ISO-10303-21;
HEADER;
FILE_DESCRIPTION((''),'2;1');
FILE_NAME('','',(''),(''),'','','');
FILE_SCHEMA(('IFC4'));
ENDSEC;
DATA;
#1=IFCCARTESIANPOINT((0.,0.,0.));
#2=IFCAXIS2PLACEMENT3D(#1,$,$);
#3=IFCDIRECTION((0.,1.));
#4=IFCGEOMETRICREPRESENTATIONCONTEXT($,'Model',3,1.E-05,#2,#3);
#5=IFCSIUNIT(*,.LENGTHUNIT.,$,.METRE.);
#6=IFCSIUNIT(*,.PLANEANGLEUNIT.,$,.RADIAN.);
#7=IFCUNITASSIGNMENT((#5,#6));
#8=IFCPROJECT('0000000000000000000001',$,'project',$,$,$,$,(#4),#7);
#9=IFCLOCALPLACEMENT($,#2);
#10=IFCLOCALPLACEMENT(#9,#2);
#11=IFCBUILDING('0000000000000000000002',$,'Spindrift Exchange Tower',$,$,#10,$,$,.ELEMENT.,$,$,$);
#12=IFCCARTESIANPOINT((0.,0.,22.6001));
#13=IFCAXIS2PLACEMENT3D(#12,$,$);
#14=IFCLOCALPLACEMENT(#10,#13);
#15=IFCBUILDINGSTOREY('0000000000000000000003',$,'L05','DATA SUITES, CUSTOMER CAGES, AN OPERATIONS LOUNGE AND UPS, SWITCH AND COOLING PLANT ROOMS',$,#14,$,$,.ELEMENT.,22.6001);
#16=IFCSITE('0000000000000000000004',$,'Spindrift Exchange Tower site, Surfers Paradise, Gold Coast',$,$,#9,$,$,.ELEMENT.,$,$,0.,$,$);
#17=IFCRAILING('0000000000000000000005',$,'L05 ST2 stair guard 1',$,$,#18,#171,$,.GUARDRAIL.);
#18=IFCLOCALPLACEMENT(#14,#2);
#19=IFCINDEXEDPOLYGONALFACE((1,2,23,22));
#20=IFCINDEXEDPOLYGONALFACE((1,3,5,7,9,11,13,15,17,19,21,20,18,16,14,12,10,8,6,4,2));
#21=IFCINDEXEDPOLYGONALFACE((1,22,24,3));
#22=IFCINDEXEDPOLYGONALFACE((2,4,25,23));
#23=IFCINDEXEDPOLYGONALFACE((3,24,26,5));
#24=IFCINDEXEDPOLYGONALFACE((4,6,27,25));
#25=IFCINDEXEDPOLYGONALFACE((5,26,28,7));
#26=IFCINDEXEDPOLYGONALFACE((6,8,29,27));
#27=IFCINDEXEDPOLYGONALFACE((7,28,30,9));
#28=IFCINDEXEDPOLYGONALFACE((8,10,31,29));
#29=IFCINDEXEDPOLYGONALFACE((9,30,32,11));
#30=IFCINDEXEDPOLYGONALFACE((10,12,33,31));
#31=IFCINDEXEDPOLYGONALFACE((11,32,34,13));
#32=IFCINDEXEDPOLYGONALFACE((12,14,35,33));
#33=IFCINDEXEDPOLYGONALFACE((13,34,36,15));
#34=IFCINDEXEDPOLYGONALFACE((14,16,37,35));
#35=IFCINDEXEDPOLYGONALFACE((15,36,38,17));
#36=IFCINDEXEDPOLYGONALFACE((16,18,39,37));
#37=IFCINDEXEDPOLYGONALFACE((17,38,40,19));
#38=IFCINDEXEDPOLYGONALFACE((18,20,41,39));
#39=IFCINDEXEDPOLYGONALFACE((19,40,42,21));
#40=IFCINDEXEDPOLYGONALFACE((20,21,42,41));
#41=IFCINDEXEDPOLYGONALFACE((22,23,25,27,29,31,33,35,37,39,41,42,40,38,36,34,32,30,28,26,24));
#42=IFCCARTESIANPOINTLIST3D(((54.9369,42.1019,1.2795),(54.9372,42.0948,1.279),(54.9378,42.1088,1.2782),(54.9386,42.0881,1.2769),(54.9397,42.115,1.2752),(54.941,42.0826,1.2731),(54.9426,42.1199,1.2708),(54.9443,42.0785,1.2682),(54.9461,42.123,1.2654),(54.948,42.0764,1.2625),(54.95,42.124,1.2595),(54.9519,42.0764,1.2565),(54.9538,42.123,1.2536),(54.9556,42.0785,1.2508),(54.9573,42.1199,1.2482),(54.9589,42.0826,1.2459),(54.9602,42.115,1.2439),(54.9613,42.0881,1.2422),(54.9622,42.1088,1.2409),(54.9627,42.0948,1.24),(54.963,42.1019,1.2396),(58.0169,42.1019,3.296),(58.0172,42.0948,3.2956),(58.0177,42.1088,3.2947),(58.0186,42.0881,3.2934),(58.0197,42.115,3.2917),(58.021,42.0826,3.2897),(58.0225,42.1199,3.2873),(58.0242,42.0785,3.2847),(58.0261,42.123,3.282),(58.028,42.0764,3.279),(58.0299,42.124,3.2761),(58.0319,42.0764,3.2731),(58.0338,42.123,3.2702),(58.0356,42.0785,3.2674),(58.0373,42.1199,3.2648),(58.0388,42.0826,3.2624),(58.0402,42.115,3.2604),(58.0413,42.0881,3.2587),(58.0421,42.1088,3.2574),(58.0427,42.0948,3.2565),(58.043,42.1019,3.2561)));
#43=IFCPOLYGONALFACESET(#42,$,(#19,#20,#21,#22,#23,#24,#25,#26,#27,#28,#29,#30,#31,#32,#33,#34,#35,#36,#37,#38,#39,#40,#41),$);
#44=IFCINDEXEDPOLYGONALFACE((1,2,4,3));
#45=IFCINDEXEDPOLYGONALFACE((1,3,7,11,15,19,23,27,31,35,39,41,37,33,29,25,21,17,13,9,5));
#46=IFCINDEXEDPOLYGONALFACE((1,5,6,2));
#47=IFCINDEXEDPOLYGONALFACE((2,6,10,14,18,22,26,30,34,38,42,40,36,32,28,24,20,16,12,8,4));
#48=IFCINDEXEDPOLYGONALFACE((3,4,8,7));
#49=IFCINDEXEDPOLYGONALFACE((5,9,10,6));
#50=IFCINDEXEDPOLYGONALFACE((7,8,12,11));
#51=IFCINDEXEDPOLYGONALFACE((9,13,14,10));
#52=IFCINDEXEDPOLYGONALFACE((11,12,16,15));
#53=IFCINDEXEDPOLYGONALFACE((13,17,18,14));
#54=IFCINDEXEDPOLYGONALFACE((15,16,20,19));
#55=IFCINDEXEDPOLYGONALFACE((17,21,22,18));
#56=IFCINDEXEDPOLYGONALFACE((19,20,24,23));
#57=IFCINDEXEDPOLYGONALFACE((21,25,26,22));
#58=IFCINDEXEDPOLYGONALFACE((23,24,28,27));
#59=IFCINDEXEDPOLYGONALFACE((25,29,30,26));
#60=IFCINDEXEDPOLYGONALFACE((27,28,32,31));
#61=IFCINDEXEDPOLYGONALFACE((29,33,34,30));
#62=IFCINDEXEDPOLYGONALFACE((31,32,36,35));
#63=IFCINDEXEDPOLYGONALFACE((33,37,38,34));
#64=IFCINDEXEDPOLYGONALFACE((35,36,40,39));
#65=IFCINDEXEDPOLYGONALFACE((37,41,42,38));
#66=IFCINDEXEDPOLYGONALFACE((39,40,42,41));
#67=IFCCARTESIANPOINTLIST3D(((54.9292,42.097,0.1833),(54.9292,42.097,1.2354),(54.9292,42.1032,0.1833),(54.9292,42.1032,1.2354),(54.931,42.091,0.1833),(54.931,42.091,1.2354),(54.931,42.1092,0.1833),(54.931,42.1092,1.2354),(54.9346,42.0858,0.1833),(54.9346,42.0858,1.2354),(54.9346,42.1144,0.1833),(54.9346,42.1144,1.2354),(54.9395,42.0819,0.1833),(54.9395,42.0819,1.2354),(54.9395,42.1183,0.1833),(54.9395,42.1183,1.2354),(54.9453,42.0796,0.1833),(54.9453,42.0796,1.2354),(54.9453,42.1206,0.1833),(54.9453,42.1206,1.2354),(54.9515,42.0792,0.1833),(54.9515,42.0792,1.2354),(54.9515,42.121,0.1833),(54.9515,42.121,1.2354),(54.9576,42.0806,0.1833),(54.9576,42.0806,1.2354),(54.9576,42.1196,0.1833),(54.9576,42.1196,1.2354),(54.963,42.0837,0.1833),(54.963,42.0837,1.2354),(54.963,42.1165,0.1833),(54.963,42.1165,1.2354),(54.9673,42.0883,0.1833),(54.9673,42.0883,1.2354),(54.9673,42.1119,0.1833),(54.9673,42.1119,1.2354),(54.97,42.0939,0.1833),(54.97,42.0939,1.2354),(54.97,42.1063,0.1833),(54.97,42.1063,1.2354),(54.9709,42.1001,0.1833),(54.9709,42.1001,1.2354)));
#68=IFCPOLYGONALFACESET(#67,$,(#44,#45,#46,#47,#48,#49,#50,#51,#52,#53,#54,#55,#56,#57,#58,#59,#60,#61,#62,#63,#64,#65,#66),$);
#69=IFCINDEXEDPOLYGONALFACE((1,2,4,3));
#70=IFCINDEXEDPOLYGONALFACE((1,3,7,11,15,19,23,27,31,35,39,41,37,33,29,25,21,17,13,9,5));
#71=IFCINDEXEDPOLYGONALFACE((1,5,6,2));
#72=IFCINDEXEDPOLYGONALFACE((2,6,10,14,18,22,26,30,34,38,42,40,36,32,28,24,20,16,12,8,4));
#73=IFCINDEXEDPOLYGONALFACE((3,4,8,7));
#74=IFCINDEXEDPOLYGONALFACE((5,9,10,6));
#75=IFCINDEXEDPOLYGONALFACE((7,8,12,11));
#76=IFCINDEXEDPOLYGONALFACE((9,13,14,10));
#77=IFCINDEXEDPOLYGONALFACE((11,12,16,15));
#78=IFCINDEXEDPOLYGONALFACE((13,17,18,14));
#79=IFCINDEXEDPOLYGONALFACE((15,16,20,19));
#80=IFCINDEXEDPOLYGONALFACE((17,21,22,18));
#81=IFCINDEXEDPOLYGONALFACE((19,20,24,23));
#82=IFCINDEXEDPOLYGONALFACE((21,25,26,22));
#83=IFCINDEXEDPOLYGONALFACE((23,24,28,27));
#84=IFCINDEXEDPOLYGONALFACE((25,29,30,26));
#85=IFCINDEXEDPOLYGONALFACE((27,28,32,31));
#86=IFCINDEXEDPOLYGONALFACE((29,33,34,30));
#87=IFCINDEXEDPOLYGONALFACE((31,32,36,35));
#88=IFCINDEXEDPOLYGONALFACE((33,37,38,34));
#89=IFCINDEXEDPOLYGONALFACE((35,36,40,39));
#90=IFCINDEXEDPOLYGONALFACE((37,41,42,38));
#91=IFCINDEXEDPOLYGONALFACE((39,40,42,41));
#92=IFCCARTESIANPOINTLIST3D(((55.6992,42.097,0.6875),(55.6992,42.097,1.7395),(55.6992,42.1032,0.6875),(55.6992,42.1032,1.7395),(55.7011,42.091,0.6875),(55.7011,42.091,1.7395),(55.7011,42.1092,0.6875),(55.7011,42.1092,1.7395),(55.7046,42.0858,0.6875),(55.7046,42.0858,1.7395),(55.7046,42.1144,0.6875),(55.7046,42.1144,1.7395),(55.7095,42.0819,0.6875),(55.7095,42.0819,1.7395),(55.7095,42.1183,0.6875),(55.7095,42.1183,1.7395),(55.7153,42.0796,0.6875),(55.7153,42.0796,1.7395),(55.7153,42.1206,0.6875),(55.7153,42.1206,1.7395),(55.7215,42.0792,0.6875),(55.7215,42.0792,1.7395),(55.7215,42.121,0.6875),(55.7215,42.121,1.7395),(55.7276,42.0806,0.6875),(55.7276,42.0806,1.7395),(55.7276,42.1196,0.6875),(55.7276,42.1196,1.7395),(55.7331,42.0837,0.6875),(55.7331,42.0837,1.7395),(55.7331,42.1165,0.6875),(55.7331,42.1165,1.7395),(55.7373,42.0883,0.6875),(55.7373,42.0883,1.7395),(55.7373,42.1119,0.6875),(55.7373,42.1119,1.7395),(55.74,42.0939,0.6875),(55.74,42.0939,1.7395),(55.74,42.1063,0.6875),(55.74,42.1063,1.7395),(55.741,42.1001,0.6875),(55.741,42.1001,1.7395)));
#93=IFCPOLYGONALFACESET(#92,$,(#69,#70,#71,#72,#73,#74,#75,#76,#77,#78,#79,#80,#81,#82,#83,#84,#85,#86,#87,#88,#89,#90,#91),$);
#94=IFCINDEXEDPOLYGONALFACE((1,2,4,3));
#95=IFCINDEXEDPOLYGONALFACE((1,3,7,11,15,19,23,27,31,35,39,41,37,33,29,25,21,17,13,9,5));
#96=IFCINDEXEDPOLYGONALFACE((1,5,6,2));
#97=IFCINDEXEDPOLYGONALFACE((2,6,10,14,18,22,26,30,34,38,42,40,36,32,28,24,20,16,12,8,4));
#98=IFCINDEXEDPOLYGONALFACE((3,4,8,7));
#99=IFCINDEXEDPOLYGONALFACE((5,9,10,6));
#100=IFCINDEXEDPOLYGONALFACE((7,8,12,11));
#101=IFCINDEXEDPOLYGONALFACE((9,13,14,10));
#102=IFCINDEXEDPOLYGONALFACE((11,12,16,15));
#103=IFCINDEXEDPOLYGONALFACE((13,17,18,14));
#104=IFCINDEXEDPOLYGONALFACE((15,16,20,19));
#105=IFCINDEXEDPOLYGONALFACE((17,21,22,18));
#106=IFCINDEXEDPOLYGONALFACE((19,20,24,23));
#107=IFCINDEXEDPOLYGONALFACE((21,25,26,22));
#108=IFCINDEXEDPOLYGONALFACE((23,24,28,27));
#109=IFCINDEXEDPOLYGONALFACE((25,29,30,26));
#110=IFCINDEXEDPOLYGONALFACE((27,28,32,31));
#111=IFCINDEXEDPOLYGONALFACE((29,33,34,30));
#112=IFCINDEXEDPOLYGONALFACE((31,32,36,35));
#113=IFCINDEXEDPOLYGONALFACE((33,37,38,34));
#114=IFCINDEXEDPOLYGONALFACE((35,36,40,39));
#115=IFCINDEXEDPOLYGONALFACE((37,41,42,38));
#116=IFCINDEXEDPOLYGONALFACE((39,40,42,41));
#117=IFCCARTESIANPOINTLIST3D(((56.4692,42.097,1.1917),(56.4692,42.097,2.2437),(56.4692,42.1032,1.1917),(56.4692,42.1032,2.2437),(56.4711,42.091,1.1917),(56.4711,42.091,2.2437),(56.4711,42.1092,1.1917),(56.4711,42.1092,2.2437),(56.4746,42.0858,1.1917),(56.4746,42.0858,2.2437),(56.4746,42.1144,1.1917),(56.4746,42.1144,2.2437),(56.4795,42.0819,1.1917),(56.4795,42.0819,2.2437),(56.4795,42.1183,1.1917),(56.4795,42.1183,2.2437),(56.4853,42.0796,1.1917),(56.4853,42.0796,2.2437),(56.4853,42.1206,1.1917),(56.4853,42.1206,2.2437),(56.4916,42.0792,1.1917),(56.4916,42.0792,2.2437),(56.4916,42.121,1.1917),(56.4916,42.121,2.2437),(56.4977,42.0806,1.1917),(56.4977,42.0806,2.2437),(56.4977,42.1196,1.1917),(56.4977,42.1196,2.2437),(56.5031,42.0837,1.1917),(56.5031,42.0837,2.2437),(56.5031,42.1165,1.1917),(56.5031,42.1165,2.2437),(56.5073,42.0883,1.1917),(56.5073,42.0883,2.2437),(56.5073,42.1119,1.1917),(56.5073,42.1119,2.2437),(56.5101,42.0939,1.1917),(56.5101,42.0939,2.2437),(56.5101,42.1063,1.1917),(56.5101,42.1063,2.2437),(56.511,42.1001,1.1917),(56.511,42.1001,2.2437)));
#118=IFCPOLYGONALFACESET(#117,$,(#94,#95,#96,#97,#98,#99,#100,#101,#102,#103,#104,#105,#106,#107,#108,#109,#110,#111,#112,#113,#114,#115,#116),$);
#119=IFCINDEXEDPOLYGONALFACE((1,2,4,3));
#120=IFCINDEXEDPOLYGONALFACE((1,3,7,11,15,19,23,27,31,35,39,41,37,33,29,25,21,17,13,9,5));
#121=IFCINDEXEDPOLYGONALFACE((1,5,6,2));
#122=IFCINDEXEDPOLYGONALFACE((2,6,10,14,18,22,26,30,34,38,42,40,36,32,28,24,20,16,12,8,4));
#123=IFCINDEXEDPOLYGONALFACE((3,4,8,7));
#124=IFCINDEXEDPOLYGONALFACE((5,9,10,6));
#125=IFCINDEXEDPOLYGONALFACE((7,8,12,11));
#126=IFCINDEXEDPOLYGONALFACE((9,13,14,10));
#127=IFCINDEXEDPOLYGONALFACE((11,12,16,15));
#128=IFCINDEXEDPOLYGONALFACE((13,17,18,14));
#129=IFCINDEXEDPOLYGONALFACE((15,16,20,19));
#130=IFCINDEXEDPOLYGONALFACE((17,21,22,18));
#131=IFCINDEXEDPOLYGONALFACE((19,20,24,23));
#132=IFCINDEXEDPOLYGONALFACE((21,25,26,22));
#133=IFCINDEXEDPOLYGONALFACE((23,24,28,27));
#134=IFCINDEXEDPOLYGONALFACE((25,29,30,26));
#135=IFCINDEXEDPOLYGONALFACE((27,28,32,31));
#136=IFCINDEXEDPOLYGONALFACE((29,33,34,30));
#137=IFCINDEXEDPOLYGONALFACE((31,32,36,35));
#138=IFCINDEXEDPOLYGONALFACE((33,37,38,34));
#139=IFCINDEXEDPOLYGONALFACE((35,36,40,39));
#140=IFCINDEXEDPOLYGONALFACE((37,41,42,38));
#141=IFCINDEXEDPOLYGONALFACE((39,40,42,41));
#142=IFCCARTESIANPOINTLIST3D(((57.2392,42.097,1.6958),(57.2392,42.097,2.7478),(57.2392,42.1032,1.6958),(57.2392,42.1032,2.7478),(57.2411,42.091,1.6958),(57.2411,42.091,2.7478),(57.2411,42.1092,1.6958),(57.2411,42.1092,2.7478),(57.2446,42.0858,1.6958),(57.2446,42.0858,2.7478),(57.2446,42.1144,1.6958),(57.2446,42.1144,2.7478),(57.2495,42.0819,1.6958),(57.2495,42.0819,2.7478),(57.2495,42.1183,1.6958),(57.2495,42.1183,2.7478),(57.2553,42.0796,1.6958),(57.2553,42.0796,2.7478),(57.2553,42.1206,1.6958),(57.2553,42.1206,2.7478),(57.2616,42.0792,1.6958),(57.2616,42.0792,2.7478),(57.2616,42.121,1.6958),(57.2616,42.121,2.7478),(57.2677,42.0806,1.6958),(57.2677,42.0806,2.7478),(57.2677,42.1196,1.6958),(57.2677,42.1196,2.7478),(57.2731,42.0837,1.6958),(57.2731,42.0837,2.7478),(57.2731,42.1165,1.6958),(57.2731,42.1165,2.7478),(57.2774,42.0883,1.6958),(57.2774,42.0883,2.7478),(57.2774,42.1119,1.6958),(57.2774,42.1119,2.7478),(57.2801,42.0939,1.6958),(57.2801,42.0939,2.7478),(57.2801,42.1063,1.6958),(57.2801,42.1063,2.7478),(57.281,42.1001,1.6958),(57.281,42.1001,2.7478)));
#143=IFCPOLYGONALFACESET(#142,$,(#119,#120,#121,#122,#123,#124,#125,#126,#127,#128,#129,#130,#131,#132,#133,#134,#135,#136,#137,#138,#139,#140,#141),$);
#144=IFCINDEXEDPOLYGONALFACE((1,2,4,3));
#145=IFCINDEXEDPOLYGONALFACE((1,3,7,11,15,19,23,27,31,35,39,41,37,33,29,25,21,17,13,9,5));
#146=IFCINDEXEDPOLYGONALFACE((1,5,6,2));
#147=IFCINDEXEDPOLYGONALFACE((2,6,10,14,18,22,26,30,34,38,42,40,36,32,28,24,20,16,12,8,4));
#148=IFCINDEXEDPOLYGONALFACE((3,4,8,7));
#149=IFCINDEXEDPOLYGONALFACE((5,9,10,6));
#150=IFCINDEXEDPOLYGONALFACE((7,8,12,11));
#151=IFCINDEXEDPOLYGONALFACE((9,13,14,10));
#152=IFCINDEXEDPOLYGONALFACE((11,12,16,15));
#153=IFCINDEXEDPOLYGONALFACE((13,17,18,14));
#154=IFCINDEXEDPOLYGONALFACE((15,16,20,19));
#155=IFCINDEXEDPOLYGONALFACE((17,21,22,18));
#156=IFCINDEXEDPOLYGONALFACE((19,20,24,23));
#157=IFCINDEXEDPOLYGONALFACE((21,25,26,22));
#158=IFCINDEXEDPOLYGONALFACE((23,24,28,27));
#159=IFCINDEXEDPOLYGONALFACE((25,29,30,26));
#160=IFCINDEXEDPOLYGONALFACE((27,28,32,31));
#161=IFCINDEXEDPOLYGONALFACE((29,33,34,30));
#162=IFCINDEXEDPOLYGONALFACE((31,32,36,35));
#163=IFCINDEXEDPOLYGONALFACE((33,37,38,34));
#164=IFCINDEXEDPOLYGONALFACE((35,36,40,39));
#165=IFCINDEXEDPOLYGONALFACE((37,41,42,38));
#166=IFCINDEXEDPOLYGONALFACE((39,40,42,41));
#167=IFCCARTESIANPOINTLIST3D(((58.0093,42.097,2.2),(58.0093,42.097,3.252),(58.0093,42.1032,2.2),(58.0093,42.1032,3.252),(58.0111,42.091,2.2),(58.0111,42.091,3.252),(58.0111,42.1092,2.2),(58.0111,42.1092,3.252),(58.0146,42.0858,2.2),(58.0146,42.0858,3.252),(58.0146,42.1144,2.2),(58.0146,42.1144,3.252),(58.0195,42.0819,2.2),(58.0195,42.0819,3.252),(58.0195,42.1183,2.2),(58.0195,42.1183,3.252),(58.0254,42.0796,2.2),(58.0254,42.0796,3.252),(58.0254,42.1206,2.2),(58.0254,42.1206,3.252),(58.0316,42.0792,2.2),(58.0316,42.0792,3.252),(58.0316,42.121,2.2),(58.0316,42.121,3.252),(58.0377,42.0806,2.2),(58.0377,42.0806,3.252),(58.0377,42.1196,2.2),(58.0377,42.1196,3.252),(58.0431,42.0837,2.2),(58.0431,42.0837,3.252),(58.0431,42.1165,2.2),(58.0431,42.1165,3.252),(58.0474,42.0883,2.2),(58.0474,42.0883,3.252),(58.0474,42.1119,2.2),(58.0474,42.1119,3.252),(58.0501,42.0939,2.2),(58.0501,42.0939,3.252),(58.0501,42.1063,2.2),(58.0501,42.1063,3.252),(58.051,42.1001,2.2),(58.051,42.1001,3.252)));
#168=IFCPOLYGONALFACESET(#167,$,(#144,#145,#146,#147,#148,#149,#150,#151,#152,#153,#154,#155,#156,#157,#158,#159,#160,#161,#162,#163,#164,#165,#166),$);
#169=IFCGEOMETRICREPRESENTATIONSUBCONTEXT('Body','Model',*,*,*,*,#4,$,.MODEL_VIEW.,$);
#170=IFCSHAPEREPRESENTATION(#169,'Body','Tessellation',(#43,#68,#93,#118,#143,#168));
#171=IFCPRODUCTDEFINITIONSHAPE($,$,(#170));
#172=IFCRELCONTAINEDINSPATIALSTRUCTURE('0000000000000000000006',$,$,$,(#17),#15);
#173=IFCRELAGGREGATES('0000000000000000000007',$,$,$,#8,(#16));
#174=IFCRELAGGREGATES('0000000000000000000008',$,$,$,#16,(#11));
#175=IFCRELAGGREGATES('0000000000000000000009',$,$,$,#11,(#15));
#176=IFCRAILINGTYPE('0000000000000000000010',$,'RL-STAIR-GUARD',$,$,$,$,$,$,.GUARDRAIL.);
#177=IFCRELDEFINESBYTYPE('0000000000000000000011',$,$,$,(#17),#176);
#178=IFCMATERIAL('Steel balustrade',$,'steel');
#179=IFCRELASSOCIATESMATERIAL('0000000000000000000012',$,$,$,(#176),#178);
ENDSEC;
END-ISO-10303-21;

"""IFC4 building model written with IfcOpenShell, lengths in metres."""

from ifc_helpers import new_model, si_unit, direction, frame, origin, origin_2d, place, context, subcontext, project, spatial, circle, extrude, material, type_object, element, save


model = new_model("IFC4")

# Units and contexts
model_context = context("Model", 3, precision=1e-05, world=origin(), true_north=direction((0.0, 1.0)))
body_context = subcontext(model_context, "Body", "Model", "MODEL_VIEW")
ifc_project = project(units=[si_unit("LENGTHUNIT", "METRE"), si_unit("PLANEANGLEUNIT", "RADIAN")], contexts=[model_context])

# Site, building, storey
site_placement = place(None, origin())
site = spatial("IfcSite", under=ifc_project, at=site_placement, Name="Spindrift Exchange Tower site, Surfers Paradise, Gold Coast", CompositionType="ELEMENT", RefElevation=0.0)
building_placement = place(site_placement, origin())
building = spatial("IfcBuilding", under=site, at=building_placement, Name="Spindrift Exchange Tower", CompositionType="ELEMENT")
storey_placement = place(building_placement, frame((0.0, 0.0, 22.6001)))
storey = spatial("IfcBuildingStorey", under=building, at=storey_placement, Name="L05", Description="DATA SUITES, CUSTOMER CAGES, AN OPERATIONS LOUNGE AND UPS, SWITCH AND COOLING PLANT ROOMS", CompositionType="ELEMENT", Elevation=22.6001)

# Railing
ifc_material_1 = material(Name="Steel balustrade", Category="steel")
railing_type_1 = type_object("IfcRailingType", Name="RL-STAIR-GUARD", PredefinedType="GUARDRAIL", material=ifc_material_1)
railing_1_placement = place(storey_placement, frame((54.95, 42.1001, 0.1833)))
element("IfcRailing", 1, at=railing_1_placement, inside=storey, type_object=railing_type_1, Name="L05 ST2 stair guard 1", PredefinedType="GUARDRAIL", context=body_context, shape_type="SweptSolid", body=[
    extrude(circle(Radius=0.0239, at=origin_2d()), frame((0.0, 0.0, 1.0762), z_axis=(0.836633, 0.0, 0.547764), x_axis=(0.0, 1.0, 0.0)), (0.0, 0.0, 1.0), 3.6814),
    extrude(circle(Radius=0.021, at=origin_2d()), origin(), (0.0, 0.0, 1.0), 1.052),
    extrude(circle(Radius=0.021, at=origin_2d()), frame((0.77, 0.0, 0.5042)), (0.0, 0.0, 1.0), 1.052),
    extrude(circle(Radius=0.021, at=origin_2d()), frame((1.54, 0.0, 1.0083)), (0.0, 0.0, 1.0), 1.052),
    extrude(circle(Radius=0.021, at=origin_2d()), frame((2.3101, 0.0, 1.5125)), (0.0, 0.0, 1.0), 1.052),
    extrude(circle(Radius=0.021, at=origin_2d()), frame((3.0801, 0.0, 2.0166)), (0.0, 0.0, 1.0), 1.052),
])

save(model, "model.ifc")
